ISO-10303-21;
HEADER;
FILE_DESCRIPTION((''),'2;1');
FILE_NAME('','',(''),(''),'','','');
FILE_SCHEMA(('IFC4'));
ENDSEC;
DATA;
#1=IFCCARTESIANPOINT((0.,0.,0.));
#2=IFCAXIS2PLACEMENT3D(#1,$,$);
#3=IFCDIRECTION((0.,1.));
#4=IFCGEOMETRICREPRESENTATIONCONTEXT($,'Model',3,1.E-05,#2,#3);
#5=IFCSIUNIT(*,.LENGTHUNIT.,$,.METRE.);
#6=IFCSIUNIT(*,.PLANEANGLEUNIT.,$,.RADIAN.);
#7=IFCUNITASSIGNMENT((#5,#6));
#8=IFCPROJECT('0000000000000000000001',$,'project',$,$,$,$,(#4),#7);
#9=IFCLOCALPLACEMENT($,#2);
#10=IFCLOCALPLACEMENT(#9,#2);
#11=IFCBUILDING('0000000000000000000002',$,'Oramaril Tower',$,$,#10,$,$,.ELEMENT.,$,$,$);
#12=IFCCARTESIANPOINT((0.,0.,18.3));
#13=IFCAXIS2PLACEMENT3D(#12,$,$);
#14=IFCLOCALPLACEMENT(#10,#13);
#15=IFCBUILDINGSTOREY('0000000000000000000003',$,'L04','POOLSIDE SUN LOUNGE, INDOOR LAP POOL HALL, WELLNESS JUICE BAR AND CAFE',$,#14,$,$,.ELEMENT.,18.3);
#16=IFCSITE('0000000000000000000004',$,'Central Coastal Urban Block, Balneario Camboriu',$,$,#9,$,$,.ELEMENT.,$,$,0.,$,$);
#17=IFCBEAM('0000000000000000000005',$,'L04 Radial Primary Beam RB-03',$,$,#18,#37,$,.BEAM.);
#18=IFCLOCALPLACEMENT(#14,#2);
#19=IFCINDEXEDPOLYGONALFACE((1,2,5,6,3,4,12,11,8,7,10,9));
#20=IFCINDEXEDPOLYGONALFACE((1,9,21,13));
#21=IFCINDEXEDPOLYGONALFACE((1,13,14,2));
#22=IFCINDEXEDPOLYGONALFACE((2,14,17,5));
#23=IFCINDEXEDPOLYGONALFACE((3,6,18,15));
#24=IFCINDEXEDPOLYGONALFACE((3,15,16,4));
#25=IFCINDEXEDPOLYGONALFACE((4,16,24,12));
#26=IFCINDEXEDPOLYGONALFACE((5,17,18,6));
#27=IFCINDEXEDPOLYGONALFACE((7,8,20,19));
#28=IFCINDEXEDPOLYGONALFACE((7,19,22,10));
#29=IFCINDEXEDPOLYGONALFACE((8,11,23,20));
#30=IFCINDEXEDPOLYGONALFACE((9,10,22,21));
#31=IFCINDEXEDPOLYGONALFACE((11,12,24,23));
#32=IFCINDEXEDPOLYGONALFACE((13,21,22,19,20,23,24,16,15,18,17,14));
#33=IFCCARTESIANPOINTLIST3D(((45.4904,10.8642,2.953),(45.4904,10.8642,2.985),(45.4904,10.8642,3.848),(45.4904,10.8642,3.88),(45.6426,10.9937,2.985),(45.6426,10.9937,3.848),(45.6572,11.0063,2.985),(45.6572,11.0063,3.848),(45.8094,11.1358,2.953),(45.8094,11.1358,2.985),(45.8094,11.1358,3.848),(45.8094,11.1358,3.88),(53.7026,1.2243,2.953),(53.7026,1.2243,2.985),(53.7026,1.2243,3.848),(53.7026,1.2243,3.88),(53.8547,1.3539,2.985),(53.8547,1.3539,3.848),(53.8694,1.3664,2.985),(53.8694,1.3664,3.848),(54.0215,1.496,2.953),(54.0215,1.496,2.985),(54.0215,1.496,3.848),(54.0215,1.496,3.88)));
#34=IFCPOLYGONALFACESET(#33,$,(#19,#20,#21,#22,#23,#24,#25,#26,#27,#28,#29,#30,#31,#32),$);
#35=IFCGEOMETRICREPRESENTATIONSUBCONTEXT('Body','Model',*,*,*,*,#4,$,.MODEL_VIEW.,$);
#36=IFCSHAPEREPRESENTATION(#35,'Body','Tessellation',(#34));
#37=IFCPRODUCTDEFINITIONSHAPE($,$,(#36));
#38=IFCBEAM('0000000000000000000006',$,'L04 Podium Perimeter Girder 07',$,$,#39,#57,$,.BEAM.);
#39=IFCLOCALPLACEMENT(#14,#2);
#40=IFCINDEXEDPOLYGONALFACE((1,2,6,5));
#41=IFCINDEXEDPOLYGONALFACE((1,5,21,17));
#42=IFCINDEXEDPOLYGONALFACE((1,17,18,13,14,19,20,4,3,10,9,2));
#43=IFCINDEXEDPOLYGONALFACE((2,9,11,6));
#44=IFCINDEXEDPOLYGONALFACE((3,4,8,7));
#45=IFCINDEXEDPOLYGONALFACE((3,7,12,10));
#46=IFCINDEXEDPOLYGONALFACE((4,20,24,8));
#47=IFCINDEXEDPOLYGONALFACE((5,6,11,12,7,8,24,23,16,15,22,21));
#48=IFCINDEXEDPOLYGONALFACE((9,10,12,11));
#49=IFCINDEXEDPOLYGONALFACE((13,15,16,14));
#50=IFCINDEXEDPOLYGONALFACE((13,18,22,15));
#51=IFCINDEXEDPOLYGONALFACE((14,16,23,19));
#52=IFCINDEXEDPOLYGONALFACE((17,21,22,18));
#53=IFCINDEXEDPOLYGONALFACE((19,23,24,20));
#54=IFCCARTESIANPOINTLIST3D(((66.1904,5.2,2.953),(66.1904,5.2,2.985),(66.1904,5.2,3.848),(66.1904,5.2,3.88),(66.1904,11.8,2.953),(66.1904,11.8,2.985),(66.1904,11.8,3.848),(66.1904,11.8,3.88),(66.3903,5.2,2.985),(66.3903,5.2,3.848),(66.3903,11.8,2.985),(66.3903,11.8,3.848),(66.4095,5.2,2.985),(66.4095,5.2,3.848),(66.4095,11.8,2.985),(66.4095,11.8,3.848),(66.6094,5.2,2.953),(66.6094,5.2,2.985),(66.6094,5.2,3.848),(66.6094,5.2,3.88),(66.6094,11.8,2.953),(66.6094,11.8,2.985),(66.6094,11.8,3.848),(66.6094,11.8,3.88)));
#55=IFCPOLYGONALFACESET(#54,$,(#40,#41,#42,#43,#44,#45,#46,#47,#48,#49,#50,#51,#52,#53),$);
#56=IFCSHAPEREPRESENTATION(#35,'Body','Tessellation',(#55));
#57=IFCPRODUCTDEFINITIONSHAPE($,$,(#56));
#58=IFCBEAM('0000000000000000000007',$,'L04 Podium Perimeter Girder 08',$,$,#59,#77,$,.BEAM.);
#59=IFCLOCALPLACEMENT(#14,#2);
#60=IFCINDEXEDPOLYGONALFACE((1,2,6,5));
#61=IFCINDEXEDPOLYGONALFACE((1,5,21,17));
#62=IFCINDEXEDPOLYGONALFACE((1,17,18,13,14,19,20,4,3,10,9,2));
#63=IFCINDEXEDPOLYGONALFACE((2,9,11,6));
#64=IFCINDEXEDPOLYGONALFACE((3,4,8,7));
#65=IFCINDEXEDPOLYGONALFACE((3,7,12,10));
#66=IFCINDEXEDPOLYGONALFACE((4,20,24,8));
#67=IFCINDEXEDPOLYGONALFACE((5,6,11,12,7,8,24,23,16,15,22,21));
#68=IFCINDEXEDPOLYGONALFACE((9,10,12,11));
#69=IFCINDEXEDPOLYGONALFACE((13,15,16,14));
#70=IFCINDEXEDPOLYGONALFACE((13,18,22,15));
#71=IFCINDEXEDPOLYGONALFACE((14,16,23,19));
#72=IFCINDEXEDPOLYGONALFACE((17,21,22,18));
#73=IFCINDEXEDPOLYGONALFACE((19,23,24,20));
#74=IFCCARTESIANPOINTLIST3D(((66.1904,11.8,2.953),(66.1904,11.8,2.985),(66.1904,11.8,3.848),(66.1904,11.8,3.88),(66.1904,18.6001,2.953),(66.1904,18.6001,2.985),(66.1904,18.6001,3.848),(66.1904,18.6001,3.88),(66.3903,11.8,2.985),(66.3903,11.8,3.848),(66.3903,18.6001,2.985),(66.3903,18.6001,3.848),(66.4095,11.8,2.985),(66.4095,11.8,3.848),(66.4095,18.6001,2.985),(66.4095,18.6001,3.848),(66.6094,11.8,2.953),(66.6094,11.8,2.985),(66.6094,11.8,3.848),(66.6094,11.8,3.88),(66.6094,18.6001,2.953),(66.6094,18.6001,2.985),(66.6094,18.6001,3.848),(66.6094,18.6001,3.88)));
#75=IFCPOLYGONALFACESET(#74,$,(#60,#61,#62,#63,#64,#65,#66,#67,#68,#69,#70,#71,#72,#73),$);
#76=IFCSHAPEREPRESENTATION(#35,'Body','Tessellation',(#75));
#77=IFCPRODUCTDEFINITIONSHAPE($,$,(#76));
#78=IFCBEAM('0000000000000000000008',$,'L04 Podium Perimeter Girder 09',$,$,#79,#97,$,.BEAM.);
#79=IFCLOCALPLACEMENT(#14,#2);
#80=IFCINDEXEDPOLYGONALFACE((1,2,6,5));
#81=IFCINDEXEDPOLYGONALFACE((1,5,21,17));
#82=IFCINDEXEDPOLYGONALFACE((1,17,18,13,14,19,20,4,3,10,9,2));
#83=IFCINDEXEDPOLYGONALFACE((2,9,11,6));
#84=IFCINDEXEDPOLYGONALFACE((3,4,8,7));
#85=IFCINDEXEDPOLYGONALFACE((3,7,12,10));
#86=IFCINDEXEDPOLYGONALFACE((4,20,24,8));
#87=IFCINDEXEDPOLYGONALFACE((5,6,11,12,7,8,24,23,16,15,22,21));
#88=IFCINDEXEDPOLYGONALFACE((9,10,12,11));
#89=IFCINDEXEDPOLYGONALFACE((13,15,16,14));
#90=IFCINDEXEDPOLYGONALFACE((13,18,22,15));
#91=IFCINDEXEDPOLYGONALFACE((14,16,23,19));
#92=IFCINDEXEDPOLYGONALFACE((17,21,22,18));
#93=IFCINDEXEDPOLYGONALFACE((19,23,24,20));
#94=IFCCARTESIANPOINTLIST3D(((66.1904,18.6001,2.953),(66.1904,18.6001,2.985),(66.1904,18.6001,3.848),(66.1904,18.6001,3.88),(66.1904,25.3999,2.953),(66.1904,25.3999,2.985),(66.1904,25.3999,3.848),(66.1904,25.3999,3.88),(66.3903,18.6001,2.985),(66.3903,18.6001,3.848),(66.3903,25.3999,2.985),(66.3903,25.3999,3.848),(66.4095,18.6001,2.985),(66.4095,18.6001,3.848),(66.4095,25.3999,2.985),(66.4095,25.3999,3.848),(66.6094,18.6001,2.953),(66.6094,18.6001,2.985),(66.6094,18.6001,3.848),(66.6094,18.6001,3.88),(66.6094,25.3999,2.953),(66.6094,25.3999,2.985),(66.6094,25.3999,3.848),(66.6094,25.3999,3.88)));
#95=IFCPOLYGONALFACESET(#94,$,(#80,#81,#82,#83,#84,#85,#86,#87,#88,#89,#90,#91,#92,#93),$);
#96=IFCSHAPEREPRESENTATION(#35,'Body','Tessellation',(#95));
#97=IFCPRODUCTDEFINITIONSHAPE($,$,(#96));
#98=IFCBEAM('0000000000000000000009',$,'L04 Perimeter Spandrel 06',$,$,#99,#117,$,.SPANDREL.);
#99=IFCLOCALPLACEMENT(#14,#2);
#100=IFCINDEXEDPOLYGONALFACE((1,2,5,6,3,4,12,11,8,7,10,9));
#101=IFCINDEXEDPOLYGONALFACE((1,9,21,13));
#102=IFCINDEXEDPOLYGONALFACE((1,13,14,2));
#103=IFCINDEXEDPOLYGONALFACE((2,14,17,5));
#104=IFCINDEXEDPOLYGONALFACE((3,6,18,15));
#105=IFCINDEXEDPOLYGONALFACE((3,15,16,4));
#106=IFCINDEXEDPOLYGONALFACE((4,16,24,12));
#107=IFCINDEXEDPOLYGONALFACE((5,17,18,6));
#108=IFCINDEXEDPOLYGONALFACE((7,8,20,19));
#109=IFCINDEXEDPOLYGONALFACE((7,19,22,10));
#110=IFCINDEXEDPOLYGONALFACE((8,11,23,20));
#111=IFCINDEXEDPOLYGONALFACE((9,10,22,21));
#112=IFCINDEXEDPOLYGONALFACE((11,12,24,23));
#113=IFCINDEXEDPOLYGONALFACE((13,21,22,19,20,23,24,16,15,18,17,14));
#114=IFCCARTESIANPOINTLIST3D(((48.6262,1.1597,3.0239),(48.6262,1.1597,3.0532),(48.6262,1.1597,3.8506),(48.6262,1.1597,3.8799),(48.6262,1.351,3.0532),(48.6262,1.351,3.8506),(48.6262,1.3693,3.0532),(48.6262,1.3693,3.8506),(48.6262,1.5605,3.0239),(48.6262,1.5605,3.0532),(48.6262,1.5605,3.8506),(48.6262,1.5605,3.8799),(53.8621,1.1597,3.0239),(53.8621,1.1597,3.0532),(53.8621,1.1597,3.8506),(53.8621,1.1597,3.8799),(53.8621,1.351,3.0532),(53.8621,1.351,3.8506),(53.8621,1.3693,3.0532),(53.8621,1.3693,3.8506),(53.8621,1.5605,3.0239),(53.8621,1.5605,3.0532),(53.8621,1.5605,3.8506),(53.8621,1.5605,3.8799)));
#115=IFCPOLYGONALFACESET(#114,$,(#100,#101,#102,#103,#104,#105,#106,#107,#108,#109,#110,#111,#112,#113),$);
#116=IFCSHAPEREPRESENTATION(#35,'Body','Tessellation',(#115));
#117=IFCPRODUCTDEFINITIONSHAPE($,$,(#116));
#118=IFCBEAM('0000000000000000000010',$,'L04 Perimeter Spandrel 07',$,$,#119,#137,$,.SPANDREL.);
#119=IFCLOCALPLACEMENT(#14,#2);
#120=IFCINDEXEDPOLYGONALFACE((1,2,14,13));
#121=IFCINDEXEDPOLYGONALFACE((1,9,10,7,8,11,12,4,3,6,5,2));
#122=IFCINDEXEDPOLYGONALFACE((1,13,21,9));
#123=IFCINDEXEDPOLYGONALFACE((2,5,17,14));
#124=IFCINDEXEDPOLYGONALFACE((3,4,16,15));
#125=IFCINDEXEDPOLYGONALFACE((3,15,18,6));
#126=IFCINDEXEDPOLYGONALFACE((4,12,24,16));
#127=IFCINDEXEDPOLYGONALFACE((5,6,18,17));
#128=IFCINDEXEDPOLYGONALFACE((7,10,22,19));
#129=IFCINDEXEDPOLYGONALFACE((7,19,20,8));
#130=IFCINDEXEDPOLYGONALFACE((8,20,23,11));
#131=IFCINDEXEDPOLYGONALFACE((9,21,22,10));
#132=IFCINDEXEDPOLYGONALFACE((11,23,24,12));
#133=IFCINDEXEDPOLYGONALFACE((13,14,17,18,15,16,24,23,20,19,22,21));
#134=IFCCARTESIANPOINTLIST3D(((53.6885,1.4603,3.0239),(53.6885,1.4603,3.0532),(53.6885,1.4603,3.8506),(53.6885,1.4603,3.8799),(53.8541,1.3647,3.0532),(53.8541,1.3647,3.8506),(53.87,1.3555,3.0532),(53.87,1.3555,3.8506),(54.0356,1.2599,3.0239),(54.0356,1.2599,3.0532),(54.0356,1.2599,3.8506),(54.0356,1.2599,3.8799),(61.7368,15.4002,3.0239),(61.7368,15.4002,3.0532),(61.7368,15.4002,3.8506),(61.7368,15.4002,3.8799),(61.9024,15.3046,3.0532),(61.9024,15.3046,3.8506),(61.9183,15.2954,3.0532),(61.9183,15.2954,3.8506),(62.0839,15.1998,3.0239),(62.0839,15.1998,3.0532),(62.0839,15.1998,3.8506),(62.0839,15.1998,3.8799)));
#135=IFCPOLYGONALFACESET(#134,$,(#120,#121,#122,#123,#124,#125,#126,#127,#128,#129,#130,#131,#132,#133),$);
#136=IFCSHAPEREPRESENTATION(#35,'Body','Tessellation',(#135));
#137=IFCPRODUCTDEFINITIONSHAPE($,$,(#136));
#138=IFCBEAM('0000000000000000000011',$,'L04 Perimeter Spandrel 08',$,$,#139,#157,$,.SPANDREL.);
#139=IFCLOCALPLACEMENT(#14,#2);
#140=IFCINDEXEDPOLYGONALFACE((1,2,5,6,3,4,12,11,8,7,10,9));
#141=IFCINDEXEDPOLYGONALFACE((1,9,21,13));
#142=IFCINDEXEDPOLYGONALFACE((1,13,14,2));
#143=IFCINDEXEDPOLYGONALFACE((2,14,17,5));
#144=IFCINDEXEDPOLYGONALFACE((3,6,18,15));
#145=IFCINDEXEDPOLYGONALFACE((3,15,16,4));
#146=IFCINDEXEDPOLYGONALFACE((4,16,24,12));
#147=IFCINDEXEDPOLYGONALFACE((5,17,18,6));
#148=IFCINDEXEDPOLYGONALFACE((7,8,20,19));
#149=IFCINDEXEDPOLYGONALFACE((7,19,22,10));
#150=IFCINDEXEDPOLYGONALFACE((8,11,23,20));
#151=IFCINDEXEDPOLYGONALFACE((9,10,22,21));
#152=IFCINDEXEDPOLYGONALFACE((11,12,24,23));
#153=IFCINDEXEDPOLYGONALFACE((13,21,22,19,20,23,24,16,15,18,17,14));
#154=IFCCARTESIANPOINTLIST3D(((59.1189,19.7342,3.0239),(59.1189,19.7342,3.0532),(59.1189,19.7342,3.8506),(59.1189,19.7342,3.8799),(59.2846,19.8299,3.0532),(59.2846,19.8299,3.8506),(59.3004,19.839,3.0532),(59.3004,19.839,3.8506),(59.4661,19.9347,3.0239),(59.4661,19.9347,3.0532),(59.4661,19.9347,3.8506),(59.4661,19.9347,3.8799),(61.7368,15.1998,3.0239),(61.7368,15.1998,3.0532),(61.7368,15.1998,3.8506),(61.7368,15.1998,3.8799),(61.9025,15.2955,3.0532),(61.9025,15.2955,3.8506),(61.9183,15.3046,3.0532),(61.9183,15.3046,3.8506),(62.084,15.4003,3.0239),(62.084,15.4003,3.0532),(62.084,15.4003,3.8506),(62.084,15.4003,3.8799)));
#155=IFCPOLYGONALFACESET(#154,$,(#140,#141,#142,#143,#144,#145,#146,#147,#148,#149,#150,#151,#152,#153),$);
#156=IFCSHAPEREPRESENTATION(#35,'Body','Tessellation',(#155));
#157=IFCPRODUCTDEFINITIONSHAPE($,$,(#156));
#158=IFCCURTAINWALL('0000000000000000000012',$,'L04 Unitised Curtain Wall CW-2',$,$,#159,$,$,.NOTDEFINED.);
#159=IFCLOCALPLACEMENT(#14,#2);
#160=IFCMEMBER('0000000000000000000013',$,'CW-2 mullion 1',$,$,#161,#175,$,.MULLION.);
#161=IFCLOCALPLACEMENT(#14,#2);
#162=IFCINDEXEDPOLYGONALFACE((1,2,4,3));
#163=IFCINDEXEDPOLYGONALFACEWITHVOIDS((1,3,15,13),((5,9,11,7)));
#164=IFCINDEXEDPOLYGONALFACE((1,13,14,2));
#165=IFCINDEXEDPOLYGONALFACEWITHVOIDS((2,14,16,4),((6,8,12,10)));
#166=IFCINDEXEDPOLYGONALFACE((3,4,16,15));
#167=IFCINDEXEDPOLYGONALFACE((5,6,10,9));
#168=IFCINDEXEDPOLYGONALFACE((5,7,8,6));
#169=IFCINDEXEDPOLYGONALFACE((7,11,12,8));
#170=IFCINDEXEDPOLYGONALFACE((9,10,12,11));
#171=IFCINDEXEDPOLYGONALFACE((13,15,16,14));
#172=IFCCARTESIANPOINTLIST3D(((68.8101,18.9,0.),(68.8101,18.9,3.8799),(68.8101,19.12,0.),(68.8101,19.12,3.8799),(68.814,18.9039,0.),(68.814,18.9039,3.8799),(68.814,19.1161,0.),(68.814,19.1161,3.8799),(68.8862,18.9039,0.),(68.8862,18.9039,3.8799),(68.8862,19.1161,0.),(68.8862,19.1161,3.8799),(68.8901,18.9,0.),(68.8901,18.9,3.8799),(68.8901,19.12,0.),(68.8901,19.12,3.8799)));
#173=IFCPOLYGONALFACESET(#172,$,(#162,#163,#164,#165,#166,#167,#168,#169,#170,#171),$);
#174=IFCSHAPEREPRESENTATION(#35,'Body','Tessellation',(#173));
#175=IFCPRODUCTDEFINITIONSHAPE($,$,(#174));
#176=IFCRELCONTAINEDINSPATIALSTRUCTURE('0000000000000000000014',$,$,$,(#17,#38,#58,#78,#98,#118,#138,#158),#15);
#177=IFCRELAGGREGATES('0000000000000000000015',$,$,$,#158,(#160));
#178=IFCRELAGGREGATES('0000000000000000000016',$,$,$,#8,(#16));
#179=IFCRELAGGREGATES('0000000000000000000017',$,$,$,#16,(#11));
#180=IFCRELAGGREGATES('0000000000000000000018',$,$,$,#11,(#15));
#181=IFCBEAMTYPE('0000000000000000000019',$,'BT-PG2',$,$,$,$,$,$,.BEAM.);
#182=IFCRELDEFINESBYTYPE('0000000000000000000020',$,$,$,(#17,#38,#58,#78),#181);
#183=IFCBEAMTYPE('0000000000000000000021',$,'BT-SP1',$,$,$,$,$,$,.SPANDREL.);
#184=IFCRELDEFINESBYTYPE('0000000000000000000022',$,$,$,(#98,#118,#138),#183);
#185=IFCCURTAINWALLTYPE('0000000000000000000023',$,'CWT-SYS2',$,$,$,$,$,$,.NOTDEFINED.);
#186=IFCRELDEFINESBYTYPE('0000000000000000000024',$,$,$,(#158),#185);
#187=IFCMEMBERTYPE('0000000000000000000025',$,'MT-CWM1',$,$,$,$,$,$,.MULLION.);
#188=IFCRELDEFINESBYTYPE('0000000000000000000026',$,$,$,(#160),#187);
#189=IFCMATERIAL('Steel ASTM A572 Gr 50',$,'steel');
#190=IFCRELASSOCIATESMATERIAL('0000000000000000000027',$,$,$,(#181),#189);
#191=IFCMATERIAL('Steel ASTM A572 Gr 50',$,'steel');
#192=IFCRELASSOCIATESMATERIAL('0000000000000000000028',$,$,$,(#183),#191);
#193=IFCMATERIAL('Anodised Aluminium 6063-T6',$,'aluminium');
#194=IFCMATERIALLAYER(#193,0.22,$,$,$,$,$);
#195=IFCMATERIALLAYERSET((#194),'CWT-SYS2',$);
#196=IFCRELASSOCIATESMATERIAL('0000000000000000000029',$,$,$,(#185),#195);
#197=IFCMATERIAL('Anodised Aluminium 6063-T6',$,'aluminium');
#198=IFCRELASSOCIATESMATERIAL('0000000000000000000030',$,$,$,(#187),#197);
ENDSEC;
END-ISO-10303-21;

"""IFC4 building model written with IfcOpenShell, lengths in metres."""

from ifc_helpers import new_model, si_unit, direction, frame, origin, origin_2d, place, context, subcontext, project, spatial, hollow_rectangle, i_section, extrude, material, layer, layer_set, material_profile, profile_set, type_object, element, aggregate, save


model = new_model("IFC4")

# Units and contexts
model_context = context("Model", 3, precision=1e-05, world=origin(), true_north=direction((0.0, 1.0)))
body_context = subcontext(model_context, "Body", "Model", "MODEL_VIEW")
ifc_project = project(units=[si_unit("LENGTHUNIT", "METRE"), si_unit("PLANEANGLEUNIT", "RADIAN")], contexts=[model_context])

# Site, building, storey
site_placement = place(None, origin())
site = spatial("IfcSite", under=ifc_project, at=site_placement, Name="Central Coastal Urban Block, Balneario Camboriu", CompositionType="ELEMENT", RefElevation=0.0)
building_placement = place(site_placement, origin())
building = spatial("IfcBuilding", under=site, at=building_placement, Name="Oramaril Tower", CompositionType="ELEMENT")
storey_placement = place(building_placement, frame((0.0, 0.0, 18.3)))
storey = spatial("IfcBuildingStorey", under=building, at=storey_placement, Name="L04", Description="POOLSIDE SUN LOUNGE, INDOOR LAP POOL HALL, WELLNESS JUICE BAR AND CAFE", CompositionType="ELEMENT", Elevation=18.3)

# Beams
ifc_material_1 = material(Name="Steel ASTM A572 Gr 50", Category="steel")
ifc_material_profile_1 = material_profile(ifc_material_1, i_section(OverallWidth=0.4189, OverallDepth=0.927, WebThickness=0.0193, FlangeThickness=0.032, at=origin_2d()), Name="W36X231")
ifc_profile_set_1 = profile_set([ifc_material_profile_1], Name="Steel ASTM A572 Gr 50")
beam_type_1 = type_object("IfcBeamType", Name="BT-PG2", PredefinedType="BEAM", material=ifc_profile_set_1)
beam_1_placement = place(storey_placement, frame((45.6499, 11.0, 3.4165), z_axis=(0.648485, -0.761228, 0.0), x_axis=(0.761228, 0.648485, 0.0)))
element("IfcBeam", 1, at=beam_1_placement, inside=storey, type_object=beam_type_1, Name="L04 Radial Primary Beam RB-03", PredefinedType="BEAM", context=body_context, shape_type="SweptSolid", body=[
    extrude(i_section(OverallWidth=0.4189, OverallDepth=0.927, WebThickness=0.0193, FlangeThickness=0.032, at=origin_2d()), origin(), (0.0, 0.0, 1.0), 12.6636),
])
beam_2_placement = place(storey_placement, frame((66.3999, 5.2, 3.4165), z_axis=(0.0, 1.0, 0.0), x_axis=(-1.0, 0.0, 0.0)))
element("IfcBeam", 2, at=beam_2_placement, inside=storey, type_object=beam_type_1, Name="L04 Podium Perimeter Girder 07", PredefinedType="BEAM", context=body_context, shape_type="SweptSolid", body=[
    extrude(i_section(OverallWidth=0.4189, OverallDepth=0.927, WebThickness=0.0193, FlangeThickness=0.032, at=origin_2d()), origin(), (0.0, 0.0, 1.0), 6.6001),
])
beam_3_placement = place(storey_placement, frame((66.3999, 11.8, 3.4165), z_axis=(0.0, 1.0, 0.0), x_axis=(-1.0, 0.0, 0.0)))
element("IfcBeam", 3, at=beam_3_placement, inside=storey, type_object=beam_type_1, Name="L04 Podium Perimeter Girder 08", PredefinedType="BEAM", context=body_context, shape_type="SweptSolid", body=[
    extrude(i_section(OverallWidth=0.4189, OverallDepth=0.927, WebThickness=0.0193, FlangeThickness=0.032, at=origin_2d()), origin(), (0.0, 0.0, 1.0), 6.8),
])
beam_4_placement = place(storey_placement, frame((66.3999, 18.6001, 3.4165), z_axis=(0.0, 1.0, 0.0), x_axis=(-1.0, 0.0, 0.0)))
element("IfcBeam", 4, at=beam_4_placement, inside=storey, type_object=beam_type_1, Name="L04 Podium Perimeter Girder 09", PredefinedType="BEAM", context=body_context, shape_type="SweptSolid", body=[
    extrude(i_section(OverallWidth=0.4189, OverallDepth=0.927, WebThickness=0.0193, FlangeThickness=0.032, at=origin_2d()), origin(), (0.0, 0.0, 1.0), 6.7998),
])
ifc_material_2 = material(Name="Steel ASTM A572 Gr 50", Category="steel")
ifc_material_profile_2 = material_profile(ifc_material_2, i_section(OverallWidth=0.4009, OverallDepth=0.856, WebThickness=0.0183, FlangeThickness=0.0293, at=origin_2d()), Name="W33X201")
ifc_profile_set_2 = profile_set([ifc_material_profile_2], Name="Steel ASTM A572 Gr 50")
beam_type_2 = type_object("IfcBeamType", Name="BT-SP1", PredefinedType="SPANDREL", material=ifc_profile_set_2)
beam_5_placement = place(storey_placement, frame((48.6262, 1.3601, 3.4519), z_axis=(1.0, 0.0, 0.0), x_axis=(0.0, 1.0, 0.0)))
element("IfcBeam", 5, at=beam_5_placement, inside=storey, type_object=beam_type_2, Name="L04 Perimeter Spandrel 06", PredefinedType="SPANDREL", context=body_context, shape_type="SweptSolid", body=[
    extrude(i_section(OverallWidth=0.4009, OverallDepth=0.856, WebThickness=0.0183, FlangeThickness=0.0293, at=origin_2d()), origin(), (0.0, 0.0, 1.0), 5.2358),
])
beam_6_placement = place(storey_placement, frame((53.8621, 1.3601, 3.4519), z_axis=(0.500005, 0.866022, 0.0), x_axis=(-0.866022, 0.500005, 0.0)))
element("IfcBeam", 6, at=beam_6_placement, inside=storey, type_object=beam_type_2, Name="L04 Perimeter Spandrel 07", PredefinedType="SPANDREL", context=body_context, shape_type="SweptSolid", body=[
    extrude(i_section(OverallWidth=0.4009, OverallDepth=0.856, WebThickness=0.0183, FlangeThickness=0.0293, at=origin_2d()), origin(), (0.0, 0.0, 1.0), 16.0964),
])
beam_7_placement = place(storey_placement, frame((61.9104, 15.3, 3.4519), z_axis=(-0.499996, 0.866028, 0.0), x_axis=(-0.866028, -0.499996, 0.0)))
element("IfcBeam", 7, at=beam_7_placement, inside=storey, type_object=beam_type_2, Name="L04 Perimeter Spandrel 08", PredefinedType="SPANDREL", context=body_context, shape_type="SweptSolid", body=[
    extrude(i_section(OverallWidth=0.4009, OverallDepth=0.856, WebThickness=0.0183, FlangeThickness=0.0293, at=origin_2d()), origin(), (0.0, 0.0, 1.0), 5.2358),
])

# Curtain wall, member
ifc_material_3 = material(Name="Anodised Aluminium 6063-T6", Category="aluminium")
ifc_layer_1 = layer(ifc_material_3, 0.22)
ifc_layer_set_1 = layer_set([ifc_layer_1], Name="CWT-SYS2")
curtain_wall_type = type_object("IfcCurtainWallType", Name="CWT-SYS2", PredefinedType="NOTDEFINED", material=ifc_layer_set_1)
curtain_wall_placement = place(storey_placement, origin())
curtain_wall = element("IfcCurtainWall", 8, at=curtain_wall_placement, inside=storey, type_object=curtain_wall_type, Name="L04 Unitised Curtain Wall CW-2", PredefinedType="NOTDEFINED")
ifc_material_4 = material(Name="Anodised Aluminium 6063-T6", Category="aluminium")
ifc_material_profile_3 = material_profile(ifc_material_4, hollow_rectangle(XDim=0.0801, YDim=0.22, WallThickness=0.0039, at=origin_2d()), Name="CWM220X80")
ifc_profile_set_3 = profile_set([ifc_material_profile_3], Name="Anodised Aluminium 6063-T6")
member_type_1 = type_object("IfcMemberType", Name="MT-CWM1", PredefinedType="MULLION", material=ifc_profile_set_3)
member_1_placement = place(storey_placement, frame((68.8501, 19.01, 0.0), z_axis=(0.0, 0.0, 1.0), x_axis=(-1.0, 0.0, 0.0)))
member_1 = element("IfcMember", 9, at=member_1_placement, type_object=member_type_1, Name="CW-2 mullion 1", PredefinedType="MULLION", context=body_context, shape_type="SweptSolid", body=[
    extrude(hollow_rectangle(XDim=0.0801, YDim=0.22, WallThickness=0.0039, at=origin_2d()), origin(), (0.0, 0.0, 1.0), 3.8799),
])
aggregate(curtain_wall, [member_1])

save(model, "model.ifc")
